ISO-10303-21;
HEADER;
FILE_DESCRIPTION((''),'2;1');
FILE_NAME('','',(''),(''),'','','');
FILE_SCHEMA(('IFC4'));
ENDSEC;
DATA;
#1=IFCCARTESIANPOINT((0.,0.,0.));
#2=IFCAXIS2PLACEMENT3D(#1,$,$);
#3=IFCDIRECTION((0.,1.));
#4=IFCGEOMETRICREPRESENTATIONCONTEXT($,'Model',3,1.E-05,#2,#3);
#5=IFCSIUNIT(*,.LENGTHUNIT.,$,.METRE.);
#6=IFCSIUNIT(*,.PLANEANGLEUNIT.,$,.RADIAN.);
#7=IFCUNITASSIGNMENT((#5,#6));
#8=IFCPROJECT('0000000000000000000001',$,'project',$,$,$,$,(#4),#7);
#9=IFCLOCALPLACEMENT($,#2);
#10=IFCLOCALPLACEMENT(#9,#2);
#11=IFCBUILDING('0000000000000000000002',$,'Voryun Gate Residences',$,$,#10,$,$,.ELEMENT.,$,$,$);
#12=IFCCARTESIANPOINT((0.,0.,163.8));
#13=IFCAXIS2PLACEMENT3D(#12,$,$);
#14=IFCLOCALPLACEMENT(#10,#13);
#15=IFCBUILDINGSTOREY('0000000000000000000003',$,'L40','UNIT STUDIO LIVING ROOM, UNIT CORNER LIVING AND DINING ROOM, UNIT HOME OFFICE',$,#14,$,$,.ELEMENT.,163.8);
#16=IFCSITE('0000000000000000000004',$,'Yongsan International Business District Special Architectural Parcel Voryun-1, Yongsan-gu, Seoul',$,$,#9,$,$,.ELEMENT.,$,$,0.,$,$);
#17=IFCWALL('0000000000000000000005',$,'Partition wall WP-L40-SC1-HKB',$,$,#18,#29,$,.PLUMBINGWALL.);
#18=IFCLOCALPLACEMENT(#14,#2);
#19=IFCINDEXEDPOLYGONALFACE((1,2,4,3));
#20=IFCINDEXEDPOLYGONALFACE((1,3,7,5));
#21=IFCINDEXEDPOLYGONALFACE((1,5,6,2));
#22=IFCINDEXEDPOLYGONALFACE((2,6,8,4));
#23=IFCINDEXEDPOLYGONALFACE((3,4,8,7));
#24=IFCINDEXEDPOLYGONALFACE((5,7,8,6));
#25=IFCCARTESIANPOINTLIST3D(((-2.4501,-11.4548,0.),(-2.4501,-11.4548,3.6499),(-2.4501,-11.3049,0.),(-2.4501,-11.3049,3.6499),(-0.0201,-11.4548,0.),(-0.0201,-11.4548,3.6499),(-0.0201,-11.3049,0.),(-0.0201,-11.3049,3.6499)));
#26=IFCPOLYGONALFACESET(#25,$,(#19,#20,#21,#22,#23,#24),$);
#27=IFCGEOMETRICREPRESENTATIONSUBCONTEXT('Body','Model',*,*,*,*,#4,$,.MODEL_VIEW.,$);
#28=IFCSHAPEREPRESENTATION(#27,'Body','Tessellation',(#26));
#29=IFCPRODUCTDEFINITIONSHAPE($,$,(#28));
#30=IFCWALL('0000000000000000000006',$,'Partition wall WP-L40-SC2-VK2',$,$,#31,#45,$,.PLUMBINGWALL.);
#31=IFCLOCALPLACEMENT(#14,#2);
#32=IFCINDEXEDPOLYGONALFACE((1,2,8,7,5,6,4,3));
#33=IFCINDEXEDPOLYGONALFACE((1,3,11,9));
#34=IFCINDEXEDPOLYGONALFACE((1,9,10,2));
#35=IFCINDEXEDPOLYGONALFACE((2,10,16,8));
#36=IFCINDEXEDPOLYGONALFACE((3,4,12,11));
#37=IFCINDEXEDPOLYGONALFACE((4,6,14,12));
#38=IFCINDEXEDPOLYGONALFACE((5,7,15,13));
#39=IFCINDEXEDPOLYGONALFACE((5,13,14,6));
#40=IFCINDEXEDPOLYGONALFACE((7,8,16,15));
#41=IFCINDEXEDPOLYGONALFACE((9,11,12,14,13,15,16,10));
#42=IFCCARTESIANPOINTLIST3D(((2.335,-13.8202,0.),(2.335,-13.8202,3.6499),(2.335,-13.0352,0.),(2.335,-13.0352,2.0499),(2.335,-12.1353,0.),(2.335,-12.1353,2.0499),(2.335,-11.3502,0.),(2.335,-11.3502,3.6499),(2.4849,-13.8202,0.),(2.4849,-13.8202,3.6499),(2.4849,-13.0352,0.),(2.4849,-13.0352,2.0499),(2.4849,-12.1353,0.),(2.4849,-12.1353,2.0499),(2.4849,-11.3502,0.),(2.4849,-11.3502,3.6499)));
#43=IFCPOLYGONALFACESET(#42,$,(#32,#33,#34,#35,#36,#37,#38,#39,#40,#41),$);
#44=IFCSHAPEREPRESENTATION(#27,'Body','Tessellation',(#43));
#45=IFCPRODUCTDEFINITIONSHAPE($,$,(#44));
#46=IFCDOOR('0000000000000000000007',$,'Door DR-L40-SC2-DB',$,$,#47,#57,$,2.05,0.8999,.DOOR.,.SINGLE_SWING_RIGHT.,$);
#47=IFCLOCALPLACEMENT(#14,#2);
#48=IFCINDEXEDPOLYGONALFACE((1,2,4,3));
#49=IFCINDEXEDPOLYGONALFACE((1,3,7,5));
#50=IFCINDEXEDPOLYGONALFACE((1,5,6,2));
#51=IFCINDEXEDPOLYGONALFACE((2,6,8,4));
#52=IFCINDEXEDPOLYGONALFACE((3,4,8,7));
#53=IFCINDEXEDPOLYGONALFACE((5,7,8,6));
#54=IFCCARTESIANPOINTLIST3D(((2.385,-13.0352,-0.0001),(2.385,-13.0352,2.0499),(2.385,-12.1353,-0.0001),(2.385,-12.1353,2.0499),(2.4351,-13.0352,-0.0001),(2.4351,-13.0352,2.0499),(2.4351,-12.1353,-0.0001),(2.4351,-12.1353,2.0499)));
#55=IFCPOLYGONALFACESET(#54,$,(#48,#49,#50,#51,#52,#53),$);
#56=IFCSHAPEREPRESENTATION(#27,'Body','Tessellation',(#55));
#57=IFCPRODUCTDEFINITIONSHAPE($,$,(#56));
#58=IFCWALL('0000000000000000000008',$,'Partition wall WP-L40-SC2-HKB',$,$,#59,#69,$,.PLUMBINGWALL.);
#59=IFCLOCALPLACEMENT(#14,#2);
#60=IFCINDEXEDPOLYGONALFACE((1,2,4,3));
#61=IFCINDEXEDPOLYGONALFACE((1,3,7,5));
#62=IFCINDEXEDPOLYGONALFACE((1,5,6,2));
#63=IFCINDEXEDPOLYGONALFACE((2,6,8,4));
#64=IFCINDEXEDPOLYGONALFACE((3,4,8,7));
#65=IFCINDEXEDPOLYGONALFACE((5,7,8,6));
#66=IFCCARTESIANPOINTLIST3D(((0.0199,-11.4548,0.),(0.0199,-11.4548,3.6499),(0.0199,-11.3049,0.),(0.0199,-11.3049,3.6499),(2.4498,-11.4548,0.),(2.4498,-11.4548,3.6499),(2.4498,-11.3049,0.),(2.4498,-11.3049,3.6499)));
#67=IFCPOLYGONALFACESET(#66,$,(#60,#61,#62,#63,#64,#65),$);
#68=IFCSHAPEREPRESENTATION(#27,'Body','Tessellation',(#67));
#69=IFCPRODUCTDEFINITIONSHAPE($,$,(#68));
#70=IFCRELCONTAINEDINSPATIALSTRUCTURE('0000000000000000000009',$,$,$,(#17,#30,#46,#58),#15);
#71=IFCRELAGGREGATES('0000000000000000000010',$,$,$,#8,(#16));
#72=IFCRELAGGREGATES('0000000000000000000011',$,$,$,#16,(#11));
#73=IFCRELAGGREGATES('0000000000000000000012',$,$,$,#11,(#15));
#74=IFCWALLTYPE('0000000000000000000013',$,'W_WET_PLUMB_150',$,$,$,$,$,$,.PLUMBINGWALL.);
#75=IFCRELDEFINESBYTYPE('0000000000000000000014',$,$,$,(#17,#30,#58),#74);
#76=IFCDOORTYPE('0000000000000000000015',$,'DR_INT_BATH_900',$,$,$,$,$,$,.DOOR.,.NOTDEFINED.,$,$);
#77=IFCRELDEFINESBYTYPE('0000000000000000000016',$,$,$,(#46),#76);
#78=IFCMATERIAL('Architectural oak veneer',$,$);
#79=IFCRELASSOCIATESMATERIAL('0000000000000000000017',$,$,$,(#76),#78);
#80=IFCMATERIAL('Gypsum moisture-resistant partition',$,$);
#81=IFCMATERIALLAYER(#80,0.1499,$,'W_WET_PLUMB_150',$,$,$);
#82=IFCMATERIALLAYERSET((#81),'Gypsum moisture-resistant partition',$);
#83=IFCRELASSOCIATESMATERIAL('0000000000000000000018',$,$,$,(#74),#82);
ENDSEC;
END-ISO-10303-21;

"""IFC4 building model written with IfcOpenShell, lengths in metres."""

from ifc_helpers import new_model, si_unit, direction, frame, frame_2d, origin, place, context, subcontext, project, spatial, rectangle, extrude, material, layer, layer_set, type_object, element, fill, save


model = new_model("IFC4")

# Units and contexts
model_context = context("Model", 3, precision=1e-05, world=origin(), true_north=direction((0.0, 1.0)))
body_context = subcontext(model_context, "Body", "Model", "MODEL_VIEW")
ifc_project = project(units=[si_unit("LENGTHUNIT", "METRE"), si_unit("PLANEANGLEUNIT", "RADIAN")], contexts=[model_context])

# Site, building, storey
site_placement = place(None, origin())
site = spatial("IfcSite", under=ifc_project, at=site_placement, Name="Yongsan International Business District Special Architectural Parcel Voryun-1, Yongsan-gu, Seoul", CompositionType="ELEMENT", RefElevation=0.0)
building_placement = place(site_placement, origin())
building = spatial("IfcBuilding", under=site, at=building_placement, Name="Voryun Gate Residences", CompositionType="ELEMENT")
storey_placement = place(building_placement, frame((0.0, 0.0, 163.8)))
storey = spatial("IfcBuildingStorey", under=building, at=storey_placement, Name="L40", Description="UNIT STUDIO LIVING ROOM, UNIT CORNER LIVING AND DINING ROOM, UNIT HOME OFFICE", CompositionType="ELEMENT", Elevation=163.8)

# Shared definitions
ifc_material_1 = material(Name="Architectural oak veneer")
door_type_1 = type_object("IfcDoorType", Name="DR_INT_BATH_900", OperationType="NOTDEFINED", PredefinedType="DOOR", material=ifc_material_1)

# Shared definitions
ifc_material_2 = material(Name="Gypsum moisture-resistant partition")
ifc_layer_1 = layer(ifc_material_2, 0.1499, Name="W_WET_PLUMB_150")
ifc_layer_set_1 = layer_set([ifc_layer_1], Name="Gypsum moisture-resistant partition")
wall_type_1 = type_object("IfcWallType", Name="W_WET_PLUMB_150", PredefinedType="PLUMBINGWALL", material=ifc_layer_set_1)

# Wall
wall_1_placement = place(storey_placement, frame((-2.45, -11.3799, 0.0), z_axis=(0.0, 0.0, 1.0), x_axis=(1.0, 0.0, 0.0)))
element("IfcWall", 1, at=wall_1_placement, inside=storey, type_object=wall_type_1, Name="Partition wall WP-L40-SC1-HKB", PredefinedType="PLUMBINGWALL", context=body_context, shape_type="SweptSolid", body=[
    extrude(rectangle(XDim=2.4299, YDim=0.1499, at=frame_2d((1.2148, 0.0))), origin(), (0.0, 0.0, 1.0), 3.6499),
])

# Wall, opening, door
wall_2_placement = place(storey_placement, frame((2.4099, -13.8201, 0.0), z_axis=(0.0, 0.0, 1.0), x_axis=(0.0, 1.0, 0.0)))
wall_2 = element("IfcWall", 2, at=wall_2_placement, inside=storey, type_object=wall_type_1, Name="Partition wall WP-L40-SC2-VK2", PredefinedType="PLUMBINGWALL", context=body_context, shape_type="SweptSolid", body=[
    extrude(rectangle(XDim=2.47, YDim=0.1499, at=frame_2d((1.2349, 0.0))), origin(), (0.0, 0.0, 1.0), 3.6499),
])
opening_1_placement = place(wall_2_placement, frame((0.7849, 0.0, 0.0)))
opening_1 = element("IfcOpeningElement", 3, at=opening_1_placement, cuts=wall_2, PredefinedType="OPENING", context=body_context, shape_type="SweptSolid", body=[
    extrude(rectangle(XDim=0.8999, YDim=2.05, at=frame_2d((0.45, 1.0249))), frame((0.0, 0.085, 0.0), z_axis=(0.0, -1.0, 0.0), x_axis=(1.0, 0.0, 0.0)), (0.0, 0.0, 1.0), 0.1699),
])
door_1_placement = place(opening_1_placement, origin())
door_1 = element("IfcDoor", 4, at=door_1_placement, inside=storey, type_object=door_type_1, Name="Door DR-L40-SC2-DB", OperationType="SINGLE_SWING_RIGHT", OverallHeight=2.05, OverallWidth=0.8999, PredefinedType="DOOR", context=body_context, shape_type="SweptSolid", body=[
    extrude(rectangle(XDim=0.8999, YDim=2.05, at=frame_2d((0.45, 1.0249))), frame((0.0, 0.0249, 0.0), z_axis=(0.0, -1.0, 0.0), x_axis=(1.0, 0.0, 0.0)), (0.0, 0.0, 1.0), 0.05),
])
fill(opening_1, door_1)

# Wall
wall_3_placement = place(storey_placement, frame((0.02, -11.3799, 0.0), z_axis=(0.0, 0.0, 1.0), x_axis=(1.0, 0.0, 0.0)))
element("IfcWall", 5, at=wall_3_placement, inside=storey, type_object=wall_type_1, Name="Partition wall WP-L40-SC2-HKB", PredefinedType="PLUMBINGWALL", context=body_context, shape_type="SweptSolid", body=[
    extrude(rectangle(XDim=2.4299, YDim=0.1499, at=frame_2d((1.2148, 0.0))), origin(), (0.0, 0.0, 1.0), 3.6499),
])

save(model, "model.ifc")
